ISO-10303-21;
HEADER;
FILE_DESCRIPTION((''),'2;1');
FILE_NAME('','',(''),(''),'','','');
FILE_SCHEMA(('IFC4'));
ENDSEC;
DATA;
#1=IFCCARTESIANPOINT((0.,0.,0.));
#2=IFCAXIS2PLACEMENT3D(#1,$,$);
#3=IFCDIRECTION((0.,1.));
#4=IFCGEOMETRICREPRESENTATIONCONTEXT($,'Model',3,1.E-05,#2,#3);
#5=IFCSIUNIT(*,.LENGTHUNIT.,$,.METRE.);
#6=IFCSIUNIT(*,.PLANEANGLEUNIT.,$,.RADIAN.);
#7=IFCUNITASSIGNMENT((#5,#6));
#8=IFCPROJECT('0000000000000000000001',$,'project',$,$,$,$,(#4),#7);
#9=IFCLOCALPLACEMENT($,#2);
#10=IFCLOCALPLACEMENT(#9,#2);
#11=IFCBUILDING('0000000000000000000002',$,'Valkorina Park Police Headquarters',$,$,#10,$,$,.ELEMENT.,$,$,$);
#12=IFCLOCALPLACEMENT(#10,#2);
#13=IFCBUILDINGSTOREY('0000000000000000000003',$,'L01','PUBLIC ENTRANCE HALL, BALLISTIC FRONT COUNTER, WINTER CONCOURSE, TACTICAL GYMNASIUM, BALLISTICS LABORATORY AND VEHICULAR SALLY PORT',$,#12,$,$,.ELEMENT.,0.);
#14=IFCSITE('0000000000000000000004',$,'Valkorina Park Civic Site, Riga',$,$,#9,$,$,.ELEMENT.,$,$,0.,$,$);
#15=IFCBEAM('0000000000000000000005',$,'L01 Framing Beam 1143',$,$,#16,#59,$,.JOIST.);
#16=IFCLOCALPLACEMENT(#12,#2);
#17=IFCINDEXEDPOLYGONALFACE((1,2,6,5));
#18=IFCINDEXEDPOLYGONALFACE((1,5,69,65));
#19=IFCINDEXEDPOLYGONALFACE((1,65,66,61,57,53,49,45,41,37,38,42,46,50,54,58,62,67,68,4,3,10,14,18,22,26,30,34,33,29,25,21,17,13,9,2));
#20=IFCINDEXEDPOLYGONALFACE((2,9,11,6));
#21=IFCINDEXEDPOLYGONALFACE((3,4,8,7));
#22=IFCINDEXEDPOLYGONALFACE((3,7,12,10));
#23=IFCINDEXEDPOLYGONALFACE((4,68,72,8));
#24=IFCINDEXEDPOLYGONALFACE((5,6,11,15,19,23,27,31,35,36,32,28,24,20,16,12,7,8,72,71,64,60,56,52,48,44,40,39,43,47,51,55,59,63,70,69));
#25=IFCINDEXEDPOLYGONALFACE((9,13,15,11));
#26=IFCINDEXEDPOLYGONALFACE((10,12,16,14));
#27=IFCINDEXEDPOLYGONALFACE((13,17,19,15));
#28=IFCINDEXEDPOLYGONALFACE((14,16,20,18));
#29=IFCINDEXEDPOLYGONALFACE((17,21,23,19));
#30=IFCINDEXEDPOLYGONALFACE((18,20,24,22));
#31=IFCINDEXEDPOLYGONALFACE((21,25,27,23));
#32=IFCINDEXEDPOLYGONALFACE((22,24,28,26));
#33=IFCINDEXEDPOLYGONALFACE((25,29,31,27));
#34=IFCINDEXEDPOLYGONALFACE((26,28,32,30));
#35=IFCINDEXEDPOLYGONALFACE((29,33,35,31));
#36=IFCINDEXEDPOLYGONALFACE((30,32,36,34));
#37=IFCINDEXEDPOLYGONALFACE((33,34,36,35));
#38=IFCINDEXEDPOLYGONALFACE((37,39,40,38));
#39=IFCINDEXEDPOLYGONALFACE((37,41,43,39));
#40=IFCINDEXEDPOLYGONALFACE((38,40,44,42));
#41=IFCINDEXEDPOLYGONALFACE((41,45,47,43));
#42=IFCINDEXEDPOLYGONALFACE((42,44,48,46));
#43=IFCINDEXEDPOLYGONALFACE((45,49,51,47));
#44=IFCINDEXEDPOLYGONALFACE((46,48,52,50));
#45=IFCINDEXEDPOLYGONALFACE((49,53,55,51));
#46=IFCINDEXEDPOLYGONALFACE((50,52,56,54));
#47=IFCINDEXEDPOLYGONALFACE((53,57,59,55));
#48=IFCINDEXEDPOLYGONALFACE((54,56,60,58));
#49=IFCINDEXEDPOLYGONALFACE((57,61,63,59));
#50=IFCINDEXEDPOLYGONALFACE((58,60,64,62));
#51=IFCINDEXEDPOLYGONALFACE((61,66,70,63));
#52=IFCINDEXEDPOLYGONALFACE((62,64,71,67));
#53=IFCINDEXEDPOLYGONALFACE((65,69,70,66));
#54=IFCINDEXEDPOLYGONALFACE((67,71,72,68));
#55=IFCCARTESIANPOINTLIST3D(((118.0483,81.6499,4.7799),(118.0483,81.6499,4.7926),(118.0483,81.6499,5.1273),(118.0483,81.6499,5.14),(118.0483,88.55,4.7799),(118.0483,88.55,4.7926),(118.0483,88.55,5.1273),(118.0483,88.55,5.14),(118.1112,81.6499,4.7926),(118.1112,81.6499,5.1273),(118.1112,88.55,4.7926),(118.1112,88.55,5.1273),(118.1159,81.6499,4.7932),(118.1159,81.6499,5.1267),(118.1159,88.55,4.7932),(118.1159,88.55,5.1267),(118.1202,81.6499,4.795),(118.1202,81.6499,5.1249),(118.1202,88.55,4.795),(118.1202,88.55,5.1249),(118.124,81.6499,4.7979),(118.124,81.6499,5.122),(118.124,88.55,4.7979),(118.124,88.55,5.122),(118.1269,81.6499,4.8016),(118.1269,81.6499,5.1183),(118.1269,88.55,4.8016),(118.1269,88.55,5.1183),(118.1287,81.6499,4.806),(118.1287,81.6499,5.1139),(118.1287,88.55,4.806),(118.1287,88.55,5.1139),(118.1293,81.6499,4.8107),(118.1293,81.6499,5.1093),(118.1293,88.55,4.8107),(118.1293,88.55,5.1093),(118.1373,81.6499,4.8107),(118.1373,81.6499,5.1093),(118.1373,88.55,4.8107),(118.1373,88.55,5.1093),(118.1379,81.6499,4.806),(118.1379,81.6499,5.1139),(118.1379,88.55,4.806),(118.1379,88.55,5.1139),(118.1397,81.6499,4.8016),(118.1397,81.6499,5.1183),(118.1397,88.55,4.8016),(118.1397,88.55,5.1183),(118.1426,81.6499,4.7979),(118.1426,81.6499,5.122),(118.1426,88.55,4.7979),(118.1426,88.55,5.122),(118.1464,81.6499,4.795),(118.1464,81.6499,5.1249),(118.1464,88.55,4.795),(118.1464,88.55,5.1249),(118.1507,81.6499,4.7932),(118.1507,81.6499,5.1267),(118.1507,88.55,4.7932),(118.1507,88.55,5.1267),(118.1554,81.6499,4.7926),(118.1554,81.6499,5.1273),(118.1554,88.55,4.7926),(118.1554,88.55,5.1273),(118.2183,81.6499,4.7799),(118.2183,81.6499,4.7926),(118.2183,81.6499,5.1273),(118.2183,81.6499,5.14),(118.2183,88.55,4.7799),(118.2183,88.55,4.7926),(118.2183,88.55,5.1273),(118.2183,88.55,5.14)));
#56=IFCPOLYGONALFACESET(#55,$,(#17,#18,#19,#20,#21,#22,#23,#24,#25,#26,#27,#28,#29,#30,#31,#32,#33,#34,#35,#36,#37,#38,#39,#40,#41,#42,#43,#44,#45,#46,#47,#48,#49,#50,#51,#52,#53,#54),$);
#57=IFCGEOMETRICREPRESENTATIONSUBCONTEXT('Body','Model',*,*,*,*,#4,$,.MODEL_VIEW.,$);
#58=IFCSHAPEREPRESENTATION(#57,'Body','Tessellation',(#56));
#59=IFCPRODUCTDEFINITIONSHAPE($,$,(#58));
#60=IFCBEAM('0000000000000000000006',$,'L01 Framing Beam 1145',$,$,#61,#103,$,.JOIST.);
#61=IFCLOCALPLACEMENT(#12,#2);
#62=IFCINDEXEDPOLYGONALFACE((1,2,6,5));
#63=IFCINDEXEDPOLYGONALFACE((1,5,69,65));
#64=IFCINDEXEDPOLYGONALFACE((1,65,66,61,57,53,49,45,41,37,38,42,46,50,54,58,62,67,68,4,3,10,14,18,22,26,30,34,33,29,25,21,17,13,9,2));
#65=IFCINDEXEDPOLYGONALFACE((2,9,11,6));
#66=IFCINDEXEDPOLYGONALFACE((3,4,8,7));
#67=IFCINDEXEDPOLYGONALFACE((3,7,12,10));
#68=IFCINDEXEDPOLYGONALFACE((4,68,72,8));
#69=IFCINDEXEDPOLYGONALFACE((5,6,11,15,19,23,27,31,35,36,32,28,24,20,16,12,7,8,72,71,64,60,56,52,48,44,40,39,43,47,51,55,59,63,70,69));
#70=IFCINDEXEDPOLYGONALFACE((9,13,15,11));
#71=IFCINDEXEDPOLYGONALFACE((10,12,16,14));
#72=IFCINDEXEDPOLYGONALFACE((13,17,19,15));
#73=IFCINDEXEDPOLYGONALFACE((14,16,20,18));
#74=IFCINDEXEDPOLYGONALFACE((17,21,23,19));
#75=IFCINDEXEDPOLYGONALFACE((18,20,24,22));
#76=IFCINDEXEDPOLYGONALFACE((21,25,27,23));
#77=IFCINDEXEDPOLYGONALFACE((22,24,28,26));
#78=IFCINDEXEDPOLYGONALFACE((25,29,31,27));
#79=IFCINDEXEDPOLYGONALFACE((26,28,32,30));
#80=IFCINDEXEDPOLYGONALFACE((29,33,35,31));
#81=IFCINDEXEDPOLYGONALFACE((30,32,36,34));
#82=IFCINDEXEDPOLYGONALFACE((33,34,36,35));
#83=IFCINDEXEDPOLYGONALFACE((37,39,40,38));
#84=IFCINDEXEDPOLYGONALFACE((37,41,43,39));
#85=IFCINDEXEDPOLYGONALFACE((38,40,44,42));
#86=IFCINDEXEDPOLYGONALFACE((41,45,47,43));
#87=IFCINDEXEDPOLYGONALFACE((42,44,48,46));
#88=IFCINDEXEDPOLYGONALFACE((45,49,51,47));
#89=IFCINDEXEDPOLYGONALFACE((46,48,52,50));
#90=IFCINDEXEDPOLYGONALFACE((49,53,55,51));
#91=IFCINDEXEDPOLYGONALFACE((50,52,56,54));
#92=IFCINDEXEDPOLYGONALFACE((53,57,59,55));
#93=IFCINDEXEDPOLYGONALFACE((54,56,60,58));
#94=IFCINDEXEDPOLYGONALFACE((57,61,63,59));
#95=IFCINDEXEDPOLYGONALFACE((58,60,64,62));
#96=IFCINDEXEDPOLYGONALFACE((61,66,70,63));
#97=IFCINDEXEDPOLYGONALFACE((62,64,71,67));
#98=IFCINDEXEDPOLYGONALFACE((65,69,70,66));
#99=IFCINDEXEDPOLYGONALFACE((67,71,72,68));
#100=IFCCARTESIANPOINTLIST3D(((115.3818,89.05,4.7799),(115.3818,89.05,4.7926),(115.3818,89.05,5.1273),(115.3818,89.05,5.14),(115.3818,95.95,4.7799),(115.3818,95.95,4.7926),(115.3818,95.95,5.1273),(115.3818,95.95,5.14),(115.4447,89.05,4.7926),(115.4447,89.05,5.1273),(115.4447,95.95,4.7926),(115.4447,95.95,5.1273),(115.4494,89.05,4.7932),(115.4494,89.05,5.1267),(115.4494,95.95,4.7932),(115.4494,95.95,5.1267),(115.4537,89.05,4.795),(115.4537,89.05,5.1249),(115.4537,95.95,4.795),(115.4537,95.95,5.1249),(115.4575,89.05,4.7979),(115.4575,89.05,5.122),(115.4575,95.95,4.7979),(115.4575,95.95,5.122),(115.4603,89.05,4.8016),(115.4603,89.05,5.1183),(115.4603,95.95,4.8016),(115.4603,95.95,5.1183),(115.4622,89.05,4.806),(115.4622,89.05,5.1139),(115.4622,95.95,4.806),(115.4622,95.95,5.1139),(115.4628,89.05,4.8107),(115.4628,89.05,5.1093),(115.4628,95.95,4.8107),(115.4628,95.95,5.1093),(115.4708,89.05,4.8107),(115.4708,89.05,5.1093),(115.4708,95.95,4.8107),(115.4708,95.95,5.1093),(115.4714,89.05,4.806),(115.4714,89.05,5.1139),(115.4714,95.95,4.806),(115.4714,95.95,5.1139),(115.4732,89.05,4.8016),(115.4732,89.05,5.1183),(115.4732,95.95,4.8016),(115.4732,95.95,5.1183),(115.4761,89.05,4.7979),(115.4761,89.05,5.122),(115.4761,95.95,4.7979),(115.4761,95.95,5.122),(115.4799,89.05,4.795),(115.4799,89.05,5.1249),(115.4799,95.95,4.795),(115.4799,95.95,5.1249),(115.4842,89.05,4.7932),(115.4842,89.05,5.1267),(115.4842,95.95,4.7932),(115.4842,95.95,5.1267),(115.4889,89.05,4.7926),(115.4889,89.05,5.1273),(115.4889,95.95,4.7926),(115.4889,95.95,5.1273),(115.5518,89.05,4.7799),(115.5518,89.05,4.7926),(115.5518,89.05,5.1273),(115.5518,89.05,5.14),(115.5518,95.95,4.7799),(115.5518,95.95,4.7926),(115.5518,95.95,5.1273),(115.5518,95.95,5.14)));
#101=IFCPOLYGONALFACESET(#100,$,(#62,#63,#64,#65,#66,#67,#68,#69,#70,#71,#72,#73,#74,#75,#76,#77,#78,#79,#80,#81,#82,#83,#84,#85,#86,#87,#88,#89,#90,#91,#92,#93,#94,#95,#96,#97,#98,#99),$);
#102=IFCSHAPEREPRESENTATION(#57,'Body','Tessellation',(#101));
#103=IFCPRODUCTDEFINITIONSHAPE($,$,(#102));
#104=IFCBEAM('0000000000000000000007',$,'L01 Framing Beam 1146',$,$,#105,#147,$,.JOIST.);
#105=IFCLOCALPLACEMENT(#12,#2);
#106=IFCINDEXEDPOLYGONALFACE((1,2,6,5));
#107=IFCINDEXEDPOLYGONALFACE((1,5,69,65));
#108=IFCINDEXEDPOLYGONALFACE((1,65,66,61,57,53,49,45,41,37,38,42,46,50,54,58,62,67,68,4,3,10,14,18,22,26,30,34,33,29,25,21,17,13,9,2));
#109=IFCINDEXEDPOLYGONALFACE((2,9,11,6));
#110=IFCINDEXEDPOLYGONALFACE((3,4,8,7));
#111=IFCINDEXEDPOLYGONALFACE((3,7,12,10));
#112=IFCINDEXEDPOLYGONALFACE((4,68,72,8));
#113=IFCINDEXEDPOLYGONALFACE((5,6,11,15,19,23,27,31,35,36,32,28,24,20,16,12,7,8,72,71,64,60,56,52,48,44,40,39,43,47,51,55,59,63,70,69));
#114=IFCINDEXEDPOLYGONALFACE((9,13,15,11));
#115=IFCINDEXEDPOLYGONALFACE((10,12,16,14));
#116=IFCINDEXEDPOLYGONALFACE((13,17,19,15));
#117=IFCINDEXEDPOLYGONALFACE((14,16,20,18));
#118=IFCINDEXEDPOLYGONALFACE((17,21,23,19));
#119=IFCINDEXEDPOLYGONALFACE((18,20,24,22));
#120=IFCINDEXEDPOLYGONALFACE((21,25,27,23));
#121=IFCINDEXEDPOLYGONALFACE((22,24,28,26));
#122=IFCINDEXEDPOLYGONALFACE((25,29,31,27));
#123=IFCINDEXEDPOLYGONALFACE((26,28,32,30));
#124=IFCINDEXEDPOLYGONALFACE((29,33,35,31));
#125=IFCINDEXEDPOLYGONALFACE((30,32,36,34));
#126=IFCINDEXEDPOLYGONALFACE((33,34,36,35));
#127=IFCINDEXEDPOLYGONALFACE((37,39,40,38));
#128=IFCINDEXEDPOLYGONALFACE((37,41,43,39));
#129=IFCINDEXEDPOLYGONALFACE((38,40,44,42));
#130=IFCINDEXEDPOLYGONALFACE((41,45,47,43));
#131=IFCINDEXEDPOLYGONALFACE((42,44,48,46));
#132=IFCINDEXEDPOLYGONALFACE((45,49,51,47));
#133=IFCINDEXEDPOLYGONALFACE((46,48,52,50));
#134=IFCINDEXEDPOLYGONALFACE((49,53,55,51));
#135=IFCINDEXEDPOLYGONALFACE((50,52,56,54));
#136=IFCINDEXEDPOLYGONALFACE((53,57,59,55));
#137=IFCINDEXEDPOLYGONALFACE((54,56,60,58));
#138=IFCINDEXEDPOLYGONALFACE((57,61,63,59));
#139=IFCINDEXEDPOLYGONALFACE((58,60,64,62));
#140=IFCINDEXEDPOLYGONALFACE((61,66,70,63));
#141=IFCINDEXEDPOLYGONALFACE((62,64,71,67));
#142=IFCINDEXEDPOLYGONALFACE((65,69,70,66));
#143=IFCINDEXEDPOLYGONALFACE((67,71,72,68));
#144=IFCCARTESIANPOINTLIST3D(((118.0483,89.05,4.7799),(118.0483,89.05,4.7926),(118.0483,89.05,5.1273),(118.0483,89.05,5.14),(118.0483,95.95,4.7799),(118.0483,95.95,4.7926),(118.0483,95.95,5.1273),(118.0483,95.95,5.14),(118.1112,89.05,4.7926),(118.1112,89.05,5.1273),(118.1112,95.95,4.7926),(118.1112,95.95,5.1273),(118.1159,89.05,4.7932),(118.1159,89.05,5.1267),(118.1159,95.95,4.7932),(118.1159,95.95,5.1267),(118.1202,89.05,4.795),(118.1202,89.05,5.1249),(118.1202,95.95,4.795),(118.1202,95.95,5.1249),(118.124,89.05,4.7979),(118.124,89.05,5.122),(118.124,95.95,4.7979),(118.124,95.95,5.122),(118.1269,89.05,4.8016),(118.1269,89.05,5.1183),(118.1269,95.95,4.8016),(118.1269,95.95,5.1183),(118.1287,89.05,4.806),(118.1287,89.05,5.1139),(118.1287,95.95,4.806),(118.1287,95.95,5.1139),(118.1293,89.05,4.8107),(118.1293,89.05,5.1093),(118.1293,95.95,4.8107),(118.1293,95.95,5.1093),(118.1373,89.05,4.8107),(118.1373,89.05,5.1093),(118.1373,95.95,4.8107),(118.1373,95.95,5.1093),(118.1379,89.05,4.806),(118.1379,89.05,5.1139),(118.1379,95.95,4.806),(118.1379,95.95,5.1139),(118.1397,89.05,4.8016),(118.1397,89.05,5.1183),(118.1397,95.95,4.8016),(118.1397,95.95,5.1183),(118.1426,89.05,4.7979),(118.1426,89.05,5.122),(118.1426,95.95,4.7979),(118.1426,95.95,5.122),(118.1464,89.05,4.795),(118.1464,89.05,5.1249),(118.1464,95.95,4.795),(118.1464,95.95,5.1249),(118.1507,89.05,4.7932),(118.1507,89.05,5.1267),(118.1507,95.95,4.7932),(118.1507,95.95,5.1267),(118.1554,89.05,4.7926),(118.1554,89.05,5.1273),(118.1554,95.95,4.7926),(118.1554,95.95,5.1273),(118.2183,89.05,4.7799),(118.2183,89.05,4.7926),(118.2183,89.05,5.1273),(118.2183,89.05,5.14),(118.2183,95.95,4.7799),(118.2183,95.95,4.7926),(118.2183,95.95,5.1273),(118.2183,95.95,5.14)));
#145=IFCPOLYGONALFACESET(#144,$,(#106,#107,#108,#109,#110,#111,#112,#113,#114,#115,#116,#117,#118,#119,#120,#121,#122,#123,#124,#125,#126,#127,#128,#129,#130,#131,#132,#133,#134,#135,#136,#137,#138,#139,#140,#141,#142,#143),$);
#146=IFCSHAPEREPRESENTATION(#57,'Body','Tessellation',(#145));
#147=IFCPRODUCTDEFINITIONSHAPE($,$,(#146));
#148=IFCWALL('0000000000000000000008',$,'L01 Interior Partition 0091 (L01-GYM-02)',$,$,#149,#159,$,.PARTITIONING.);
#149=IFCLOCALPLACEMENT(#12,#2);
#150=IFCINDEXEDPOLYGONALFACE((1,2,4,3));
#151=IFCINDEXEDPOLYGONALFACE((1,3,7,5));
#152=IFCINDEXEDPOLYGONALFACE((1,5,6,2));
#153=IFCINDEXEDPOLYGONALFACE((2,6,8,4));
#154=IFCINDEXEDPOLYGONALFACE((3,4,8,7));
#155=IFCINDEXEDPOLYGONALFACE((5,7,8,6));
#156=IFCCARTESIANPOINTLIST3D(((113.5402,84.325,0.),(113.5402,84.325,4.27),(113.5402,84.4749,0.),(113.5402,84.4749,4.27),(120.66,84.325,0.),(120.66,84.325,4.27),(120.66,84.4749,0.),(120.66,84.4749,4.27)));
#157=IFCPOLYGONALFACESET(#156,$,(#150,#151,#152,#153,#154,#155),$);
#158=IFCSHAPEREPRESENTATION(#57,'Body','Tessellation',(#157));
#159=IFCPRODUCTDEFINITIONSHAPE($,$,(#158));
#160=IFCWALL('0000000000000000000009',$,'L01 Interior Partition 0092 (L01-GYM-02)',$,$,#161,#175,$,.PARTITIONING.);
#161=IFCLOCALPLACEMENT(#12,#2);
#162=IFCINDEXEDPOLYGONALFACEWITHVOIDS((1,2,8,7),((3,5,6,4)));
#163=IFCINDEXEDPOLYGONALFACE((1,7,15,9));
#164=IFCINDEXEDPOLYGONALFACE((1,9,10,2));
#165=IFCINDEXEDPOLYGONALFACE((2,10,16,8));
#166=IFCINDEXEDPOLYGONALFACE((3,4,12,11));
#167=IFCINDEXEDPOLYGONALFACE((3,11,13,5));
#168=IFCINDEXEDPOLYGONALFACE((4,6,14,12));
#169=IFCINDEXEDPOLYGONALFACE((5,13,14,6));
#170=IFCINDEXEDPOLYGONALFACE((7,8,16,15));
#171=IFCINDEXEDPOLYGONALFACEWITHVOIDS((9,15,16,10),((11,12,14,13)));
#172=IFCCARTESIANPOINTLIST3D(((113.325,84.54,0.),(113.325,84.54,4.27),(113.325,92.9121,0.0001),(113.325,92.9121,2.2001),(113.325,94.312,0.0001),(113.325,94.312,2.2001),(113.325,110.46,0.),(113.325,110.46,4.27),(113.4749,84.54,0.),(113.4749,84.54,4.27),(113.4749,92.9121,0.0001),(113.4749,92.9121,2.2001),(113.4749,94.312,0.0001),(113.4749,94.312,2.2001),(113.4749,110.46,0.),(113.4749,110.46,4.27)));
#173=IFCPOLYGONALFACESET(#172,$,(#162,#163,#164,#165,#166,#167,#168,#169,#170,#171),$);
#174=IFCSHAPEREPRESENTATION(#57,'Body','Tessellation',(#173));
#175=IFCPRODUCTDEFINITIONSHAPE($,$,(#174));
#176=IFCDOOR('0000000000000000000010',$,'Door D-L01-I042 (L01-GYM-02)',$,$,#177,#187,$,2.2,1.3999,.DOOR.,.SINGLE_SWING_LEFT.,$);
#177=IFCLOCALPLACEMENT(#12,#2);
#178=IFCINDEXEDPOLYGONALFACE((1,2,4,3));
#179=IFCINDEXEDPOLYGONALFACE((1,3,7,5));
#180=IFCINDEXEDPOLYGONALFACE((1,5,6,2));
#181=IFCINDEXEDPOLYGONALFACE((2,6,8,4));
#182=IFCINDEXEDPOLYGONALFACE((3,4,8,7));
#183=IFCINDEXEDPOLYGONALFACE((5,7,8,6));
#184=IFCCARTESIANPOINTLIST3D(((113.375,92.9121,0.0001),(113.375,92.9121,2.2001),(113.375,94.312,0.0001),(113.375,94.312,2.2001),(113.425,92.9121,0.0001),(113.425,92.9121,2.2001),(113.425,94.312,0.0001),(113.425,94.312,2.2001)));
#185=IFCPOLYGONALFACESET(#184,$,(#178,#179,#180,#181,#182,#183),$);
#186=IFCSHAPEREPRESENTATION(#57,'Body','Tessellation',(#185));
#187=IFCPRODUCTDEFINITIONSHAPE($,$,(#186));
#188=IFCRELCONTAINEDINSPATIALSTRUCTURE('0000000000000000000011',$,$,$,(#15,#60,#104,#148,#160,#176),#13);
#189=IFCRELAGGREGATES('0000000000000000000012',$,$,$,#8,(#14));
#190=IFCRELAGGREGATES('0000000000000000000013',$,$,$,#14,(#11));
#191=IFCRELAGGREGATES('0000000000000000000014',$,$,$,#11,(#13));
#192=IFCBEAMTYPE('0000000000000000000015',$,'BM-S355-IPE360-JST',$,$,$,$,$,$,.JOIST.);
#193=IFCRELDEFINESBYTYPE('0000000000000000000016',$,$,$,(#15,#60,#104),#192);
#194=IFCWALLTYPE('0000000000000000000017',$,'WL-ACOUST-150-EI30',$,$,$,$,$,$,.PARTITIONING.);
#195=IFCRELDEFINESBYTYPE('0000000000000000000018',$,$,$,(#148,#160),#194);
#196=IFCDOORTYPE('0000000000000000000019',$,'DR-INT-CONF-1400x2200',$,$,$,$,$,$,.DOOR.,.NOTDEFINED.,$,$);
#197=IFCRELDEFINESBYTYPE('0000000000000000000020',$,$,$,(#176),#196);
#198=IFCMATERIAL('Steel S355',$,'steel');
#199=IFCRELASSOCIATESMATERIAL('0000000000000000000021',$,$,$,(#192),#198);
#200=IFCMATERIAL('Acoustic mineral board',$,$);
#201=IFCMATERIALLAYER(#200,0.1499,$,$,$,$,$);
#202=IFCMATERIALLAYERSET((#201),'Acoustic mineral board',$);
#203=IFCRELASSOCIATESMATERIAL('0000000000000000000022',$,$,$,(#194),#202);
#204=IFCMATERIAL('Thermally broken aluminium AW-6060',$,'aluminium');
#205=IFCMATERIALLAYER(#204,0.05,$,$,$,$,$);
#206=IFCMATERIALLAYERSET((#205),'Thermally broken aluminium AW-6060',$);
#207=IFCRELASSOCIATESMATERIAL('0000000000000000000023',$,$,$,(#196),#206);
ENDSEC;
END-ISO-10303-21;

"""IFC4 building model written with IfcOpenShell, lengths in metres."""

from ifc_helpers import new_model, si_unit, direction, frame, frame_2d, origin, origin_2d, place, context, subcontext, project, spatial, rectangle, i_section, extrude, material, layer, layer_set, material_profile, profile_set, type_object, element, fill, save


model = new_model("IFC4")

# Units and contexts
model_context = context("Model", 3, precision=1e-05, world=origin(), true_north=direction((0.0, 1.0)))
body_context = subcontext(model_context, "Body", "Model", "MODEL_VIEW")
ifc_project = project(units=[si_unit("LENGTHUNIT", "METRE"), si_unit("PLANEANGLEUNIT", "RADIAN")], contexts=[model_context])

# Site, building, storey
site_placement = place(None, origin())
site = spatial("IfcSite", under=ifc_project, at=site_placement, Name="Valkorina Park Civic Site, Riga", CompositionType="ELEMENT", RefElevation=0.0)
building_placement = place(site_placement, origin())
building = spatial("IfcBuilding", under=site, at=building_placement, Name="Valkorina Park Police Headquarters", CompositionType="ELEMENT")
storey_placement = place(building_placement, origin())
storey = spatial("IfcBuildingStorey", under=building, at=storey_placement, Name="L01", Description="PUBLIC ENTRANCE HALL, BALLISTIC FRONT COUNTER, WINTER CONCOURSE, TACTICAL GYMNASIUM, BALLISTICS LABORATORY AND VEHICULAR SALLY PORT", CompositionType="ELEMENT", Elevation=0.0)

# Beams
ifc_material_1 = material(Name="Steel S355", Category="steel")
ifc_material_profile_1 = material_profile(ifc_material_1, i_section(OverallWidth=0.1699, OverallDepth=0.3601, WebThickness=0.0081, FlangeThickness=0.0127, FilletRadius=0.0181, at=origin_2d()), Name="IPE 360")
ifc_profile_set_1 = profile_set([ifc_material_profile_1], Name="Steel S355")
beam_type_1 = type_object("IfcBeamType", Name="BM-S355-IPE360-JST", PredefinedType="JOIST", material=ifc_profile_set_1)
for number, where, z_axis, x_axis, name in (
    (1, (118.1333, 81.6499, 4.96), (0.0, 1.0, 0.0), (-1.0, 0.0, 0.0), "L01 Framing Beam 1143"),
):
    element("IfcBeam", number, at=place(storey_placement, frame(where, z_axis=z_axis, x_axis=x_axis)), inside=storey, type_object=beam_type_1, Name=name, PredefinedType="JOIST", context=body_context, shape_type="SweptSolid", body=[
        extrude(i_section(OverallWidth=0.1699, OverallDepth=0.3601, WebThickness=0.0081, FlangeThickness=0.0127, FilletRadius=0.0181, at=origin_2d()), origin(), (0.0, 0.0, 1.0), 6.9001),
    ])
for number, where, z_axis, x_axis, name in (
    (2, (115.4668, 89.05, 4.96), (0.0, 1.0, 0.0), (-1.0, 0.0, 0.0), "L01 Framing Beam 1145"),
    (3, (118.1333, 89.05, 4.96), (0.0, 1.0, 0.0), (-1.0, 0.0, 0.0), "L01 Framing Beam 1146"),
):
    element("IfcBeam", number, at=place(storey_placement, frame(where, z_axis=z_axis, x_axis=x_axis)), inside=storey, type_object=beam_type_1, Name=name, PredefinedType="JOIST", context=body_context, shape_type="SweptSolid", body=[
        extrude(i_section(OverallWidth=0.1699, OverallDepth=0.3601, WebThickness=0.0081, FlangeThickness=0.0127, FilletRadius=0.0181, at=origin_2d()), origin(), (0.0, 0.0, 1.0), 6.8999),
    ])

# Wall
ifc_material_2 = material(Name="Acoustic mineral board")
ifc_layer_1 = layer(ifc_material_2, 0.1499)
ifc_layer_set_1 = layer_set([ifc_layer_1], Name="Acoustic mineral board")
wall_type_1 = type_object("IfcWallType", Name="WL-ACOUST-150-EI30", PredefinedType="PARTITIONING", material=ifc_layer_set_1)
wall_1_placement = place(storey_placement, frame((113.54, 84.3999, 0.0), z_axis=(0.0, 0.0, 1.0), x_axis=(1.0, 0.0, 0.0)))
element("IfcWall", 4, at=wall_1_placement, inside=storey, type_object=wall_type_1, Name="L01 Interior Partition 0091 (L01-GYM-02)", PredefinedType="PARTITIONING", context=body_context, shape_type="SweptSolid", body=[
    extrude(rectangle(XDim=7.1199, YDim=0.1499, at=frame_2d((3.5601, 0.0))), origin(), (0.0, 0.0, 1.0), 4.27),
])

# Wall, opening, door
wall_2_placement = place(storey_placement, frame((113.3999, 84.54, 0.0), z_axis=(0.0, 0.0, 1.0), x_axis=(0.0, 1.0, 0.0)))
wall_2 = element("IfcWall", 5, at=wall_2_placement, inside=storey, type_object=wall_type_1, Name="L01 Interior Partition 0092 (L01-GYM-02)", PredefinedType="PARTITIONING", context=body_context, shape_type="SweptSolid", body=[
    extrude(rectangle(XDim=25.9199, YDim=0.1499, at=frame_2d((12.96, 0.0))), origin(), (0.0, 0.0, 1.0), 4.27),
])
opening_1_placement = place(wall_2_placement, frame((8.3721, 0.0, 0.0)))
opening_1 = element("IfcOpeningElement", 6, at=opening_1_placement, cuts=wall_2, PredefinedType="OPENING", context=body_context, shape_type="SweptSolid", body=[
    extrude(rectangle(XDim=1.3999, YDim=2.2, at=frame_2d((0.7, 1.1001))), frame((0.0, 0.085, 0.0), z_axis=(0.0, -1.0, 0.0), x_axis=(1.0, 0.0, 0.0)), (0.0, 0.0, 1.0), 0.1699),
])
ifc_material_3 = material(Name="Thermally broken aluminium AW-6060", Category="aluminium")
ifc_layer_2 = layer(ifc_material_3, 0.05)
ifc_layer_set_2 = layer_set([ifc_layer_2], Name="Thermally broken aluminium AW-6060")
door_type_1 = type_object("IfcDoorType", Name="DR-INT-CONF-1400x2200", OperationType="NOTDEFINED", PredefinedType="DOOR", material=ifc_layer_set_2)
door_1_placement = place(opening_1_placement, origin())
door_1 = element("IfcDoor", 7, at=door_1_placement, inside=storey, type_object=door_type_1, Name="Door D-L01-I042 (L01-GYM-02)", OperationType="SINGLE_SWING_LEFT", OverallHeight=2.2, OverallWidth=1.3999, PredefinedType="DOOR", context=body_context, shape_type="SweptSolid", body=[
    extrude(rectangle(XDim=1.3999, YDim=2.2, at=frame_2d((0.7, 1.1001))), frame((0.0, 0.0249, 0.0), z_axis=(0.0, -1.0, 0.0), x_axis=(1.0, 0.0, 0.0)), (0.0, 0.0, 1.0), 0.05),
])
fill(opening_1, door_1)

save(model, "model.ifc")
